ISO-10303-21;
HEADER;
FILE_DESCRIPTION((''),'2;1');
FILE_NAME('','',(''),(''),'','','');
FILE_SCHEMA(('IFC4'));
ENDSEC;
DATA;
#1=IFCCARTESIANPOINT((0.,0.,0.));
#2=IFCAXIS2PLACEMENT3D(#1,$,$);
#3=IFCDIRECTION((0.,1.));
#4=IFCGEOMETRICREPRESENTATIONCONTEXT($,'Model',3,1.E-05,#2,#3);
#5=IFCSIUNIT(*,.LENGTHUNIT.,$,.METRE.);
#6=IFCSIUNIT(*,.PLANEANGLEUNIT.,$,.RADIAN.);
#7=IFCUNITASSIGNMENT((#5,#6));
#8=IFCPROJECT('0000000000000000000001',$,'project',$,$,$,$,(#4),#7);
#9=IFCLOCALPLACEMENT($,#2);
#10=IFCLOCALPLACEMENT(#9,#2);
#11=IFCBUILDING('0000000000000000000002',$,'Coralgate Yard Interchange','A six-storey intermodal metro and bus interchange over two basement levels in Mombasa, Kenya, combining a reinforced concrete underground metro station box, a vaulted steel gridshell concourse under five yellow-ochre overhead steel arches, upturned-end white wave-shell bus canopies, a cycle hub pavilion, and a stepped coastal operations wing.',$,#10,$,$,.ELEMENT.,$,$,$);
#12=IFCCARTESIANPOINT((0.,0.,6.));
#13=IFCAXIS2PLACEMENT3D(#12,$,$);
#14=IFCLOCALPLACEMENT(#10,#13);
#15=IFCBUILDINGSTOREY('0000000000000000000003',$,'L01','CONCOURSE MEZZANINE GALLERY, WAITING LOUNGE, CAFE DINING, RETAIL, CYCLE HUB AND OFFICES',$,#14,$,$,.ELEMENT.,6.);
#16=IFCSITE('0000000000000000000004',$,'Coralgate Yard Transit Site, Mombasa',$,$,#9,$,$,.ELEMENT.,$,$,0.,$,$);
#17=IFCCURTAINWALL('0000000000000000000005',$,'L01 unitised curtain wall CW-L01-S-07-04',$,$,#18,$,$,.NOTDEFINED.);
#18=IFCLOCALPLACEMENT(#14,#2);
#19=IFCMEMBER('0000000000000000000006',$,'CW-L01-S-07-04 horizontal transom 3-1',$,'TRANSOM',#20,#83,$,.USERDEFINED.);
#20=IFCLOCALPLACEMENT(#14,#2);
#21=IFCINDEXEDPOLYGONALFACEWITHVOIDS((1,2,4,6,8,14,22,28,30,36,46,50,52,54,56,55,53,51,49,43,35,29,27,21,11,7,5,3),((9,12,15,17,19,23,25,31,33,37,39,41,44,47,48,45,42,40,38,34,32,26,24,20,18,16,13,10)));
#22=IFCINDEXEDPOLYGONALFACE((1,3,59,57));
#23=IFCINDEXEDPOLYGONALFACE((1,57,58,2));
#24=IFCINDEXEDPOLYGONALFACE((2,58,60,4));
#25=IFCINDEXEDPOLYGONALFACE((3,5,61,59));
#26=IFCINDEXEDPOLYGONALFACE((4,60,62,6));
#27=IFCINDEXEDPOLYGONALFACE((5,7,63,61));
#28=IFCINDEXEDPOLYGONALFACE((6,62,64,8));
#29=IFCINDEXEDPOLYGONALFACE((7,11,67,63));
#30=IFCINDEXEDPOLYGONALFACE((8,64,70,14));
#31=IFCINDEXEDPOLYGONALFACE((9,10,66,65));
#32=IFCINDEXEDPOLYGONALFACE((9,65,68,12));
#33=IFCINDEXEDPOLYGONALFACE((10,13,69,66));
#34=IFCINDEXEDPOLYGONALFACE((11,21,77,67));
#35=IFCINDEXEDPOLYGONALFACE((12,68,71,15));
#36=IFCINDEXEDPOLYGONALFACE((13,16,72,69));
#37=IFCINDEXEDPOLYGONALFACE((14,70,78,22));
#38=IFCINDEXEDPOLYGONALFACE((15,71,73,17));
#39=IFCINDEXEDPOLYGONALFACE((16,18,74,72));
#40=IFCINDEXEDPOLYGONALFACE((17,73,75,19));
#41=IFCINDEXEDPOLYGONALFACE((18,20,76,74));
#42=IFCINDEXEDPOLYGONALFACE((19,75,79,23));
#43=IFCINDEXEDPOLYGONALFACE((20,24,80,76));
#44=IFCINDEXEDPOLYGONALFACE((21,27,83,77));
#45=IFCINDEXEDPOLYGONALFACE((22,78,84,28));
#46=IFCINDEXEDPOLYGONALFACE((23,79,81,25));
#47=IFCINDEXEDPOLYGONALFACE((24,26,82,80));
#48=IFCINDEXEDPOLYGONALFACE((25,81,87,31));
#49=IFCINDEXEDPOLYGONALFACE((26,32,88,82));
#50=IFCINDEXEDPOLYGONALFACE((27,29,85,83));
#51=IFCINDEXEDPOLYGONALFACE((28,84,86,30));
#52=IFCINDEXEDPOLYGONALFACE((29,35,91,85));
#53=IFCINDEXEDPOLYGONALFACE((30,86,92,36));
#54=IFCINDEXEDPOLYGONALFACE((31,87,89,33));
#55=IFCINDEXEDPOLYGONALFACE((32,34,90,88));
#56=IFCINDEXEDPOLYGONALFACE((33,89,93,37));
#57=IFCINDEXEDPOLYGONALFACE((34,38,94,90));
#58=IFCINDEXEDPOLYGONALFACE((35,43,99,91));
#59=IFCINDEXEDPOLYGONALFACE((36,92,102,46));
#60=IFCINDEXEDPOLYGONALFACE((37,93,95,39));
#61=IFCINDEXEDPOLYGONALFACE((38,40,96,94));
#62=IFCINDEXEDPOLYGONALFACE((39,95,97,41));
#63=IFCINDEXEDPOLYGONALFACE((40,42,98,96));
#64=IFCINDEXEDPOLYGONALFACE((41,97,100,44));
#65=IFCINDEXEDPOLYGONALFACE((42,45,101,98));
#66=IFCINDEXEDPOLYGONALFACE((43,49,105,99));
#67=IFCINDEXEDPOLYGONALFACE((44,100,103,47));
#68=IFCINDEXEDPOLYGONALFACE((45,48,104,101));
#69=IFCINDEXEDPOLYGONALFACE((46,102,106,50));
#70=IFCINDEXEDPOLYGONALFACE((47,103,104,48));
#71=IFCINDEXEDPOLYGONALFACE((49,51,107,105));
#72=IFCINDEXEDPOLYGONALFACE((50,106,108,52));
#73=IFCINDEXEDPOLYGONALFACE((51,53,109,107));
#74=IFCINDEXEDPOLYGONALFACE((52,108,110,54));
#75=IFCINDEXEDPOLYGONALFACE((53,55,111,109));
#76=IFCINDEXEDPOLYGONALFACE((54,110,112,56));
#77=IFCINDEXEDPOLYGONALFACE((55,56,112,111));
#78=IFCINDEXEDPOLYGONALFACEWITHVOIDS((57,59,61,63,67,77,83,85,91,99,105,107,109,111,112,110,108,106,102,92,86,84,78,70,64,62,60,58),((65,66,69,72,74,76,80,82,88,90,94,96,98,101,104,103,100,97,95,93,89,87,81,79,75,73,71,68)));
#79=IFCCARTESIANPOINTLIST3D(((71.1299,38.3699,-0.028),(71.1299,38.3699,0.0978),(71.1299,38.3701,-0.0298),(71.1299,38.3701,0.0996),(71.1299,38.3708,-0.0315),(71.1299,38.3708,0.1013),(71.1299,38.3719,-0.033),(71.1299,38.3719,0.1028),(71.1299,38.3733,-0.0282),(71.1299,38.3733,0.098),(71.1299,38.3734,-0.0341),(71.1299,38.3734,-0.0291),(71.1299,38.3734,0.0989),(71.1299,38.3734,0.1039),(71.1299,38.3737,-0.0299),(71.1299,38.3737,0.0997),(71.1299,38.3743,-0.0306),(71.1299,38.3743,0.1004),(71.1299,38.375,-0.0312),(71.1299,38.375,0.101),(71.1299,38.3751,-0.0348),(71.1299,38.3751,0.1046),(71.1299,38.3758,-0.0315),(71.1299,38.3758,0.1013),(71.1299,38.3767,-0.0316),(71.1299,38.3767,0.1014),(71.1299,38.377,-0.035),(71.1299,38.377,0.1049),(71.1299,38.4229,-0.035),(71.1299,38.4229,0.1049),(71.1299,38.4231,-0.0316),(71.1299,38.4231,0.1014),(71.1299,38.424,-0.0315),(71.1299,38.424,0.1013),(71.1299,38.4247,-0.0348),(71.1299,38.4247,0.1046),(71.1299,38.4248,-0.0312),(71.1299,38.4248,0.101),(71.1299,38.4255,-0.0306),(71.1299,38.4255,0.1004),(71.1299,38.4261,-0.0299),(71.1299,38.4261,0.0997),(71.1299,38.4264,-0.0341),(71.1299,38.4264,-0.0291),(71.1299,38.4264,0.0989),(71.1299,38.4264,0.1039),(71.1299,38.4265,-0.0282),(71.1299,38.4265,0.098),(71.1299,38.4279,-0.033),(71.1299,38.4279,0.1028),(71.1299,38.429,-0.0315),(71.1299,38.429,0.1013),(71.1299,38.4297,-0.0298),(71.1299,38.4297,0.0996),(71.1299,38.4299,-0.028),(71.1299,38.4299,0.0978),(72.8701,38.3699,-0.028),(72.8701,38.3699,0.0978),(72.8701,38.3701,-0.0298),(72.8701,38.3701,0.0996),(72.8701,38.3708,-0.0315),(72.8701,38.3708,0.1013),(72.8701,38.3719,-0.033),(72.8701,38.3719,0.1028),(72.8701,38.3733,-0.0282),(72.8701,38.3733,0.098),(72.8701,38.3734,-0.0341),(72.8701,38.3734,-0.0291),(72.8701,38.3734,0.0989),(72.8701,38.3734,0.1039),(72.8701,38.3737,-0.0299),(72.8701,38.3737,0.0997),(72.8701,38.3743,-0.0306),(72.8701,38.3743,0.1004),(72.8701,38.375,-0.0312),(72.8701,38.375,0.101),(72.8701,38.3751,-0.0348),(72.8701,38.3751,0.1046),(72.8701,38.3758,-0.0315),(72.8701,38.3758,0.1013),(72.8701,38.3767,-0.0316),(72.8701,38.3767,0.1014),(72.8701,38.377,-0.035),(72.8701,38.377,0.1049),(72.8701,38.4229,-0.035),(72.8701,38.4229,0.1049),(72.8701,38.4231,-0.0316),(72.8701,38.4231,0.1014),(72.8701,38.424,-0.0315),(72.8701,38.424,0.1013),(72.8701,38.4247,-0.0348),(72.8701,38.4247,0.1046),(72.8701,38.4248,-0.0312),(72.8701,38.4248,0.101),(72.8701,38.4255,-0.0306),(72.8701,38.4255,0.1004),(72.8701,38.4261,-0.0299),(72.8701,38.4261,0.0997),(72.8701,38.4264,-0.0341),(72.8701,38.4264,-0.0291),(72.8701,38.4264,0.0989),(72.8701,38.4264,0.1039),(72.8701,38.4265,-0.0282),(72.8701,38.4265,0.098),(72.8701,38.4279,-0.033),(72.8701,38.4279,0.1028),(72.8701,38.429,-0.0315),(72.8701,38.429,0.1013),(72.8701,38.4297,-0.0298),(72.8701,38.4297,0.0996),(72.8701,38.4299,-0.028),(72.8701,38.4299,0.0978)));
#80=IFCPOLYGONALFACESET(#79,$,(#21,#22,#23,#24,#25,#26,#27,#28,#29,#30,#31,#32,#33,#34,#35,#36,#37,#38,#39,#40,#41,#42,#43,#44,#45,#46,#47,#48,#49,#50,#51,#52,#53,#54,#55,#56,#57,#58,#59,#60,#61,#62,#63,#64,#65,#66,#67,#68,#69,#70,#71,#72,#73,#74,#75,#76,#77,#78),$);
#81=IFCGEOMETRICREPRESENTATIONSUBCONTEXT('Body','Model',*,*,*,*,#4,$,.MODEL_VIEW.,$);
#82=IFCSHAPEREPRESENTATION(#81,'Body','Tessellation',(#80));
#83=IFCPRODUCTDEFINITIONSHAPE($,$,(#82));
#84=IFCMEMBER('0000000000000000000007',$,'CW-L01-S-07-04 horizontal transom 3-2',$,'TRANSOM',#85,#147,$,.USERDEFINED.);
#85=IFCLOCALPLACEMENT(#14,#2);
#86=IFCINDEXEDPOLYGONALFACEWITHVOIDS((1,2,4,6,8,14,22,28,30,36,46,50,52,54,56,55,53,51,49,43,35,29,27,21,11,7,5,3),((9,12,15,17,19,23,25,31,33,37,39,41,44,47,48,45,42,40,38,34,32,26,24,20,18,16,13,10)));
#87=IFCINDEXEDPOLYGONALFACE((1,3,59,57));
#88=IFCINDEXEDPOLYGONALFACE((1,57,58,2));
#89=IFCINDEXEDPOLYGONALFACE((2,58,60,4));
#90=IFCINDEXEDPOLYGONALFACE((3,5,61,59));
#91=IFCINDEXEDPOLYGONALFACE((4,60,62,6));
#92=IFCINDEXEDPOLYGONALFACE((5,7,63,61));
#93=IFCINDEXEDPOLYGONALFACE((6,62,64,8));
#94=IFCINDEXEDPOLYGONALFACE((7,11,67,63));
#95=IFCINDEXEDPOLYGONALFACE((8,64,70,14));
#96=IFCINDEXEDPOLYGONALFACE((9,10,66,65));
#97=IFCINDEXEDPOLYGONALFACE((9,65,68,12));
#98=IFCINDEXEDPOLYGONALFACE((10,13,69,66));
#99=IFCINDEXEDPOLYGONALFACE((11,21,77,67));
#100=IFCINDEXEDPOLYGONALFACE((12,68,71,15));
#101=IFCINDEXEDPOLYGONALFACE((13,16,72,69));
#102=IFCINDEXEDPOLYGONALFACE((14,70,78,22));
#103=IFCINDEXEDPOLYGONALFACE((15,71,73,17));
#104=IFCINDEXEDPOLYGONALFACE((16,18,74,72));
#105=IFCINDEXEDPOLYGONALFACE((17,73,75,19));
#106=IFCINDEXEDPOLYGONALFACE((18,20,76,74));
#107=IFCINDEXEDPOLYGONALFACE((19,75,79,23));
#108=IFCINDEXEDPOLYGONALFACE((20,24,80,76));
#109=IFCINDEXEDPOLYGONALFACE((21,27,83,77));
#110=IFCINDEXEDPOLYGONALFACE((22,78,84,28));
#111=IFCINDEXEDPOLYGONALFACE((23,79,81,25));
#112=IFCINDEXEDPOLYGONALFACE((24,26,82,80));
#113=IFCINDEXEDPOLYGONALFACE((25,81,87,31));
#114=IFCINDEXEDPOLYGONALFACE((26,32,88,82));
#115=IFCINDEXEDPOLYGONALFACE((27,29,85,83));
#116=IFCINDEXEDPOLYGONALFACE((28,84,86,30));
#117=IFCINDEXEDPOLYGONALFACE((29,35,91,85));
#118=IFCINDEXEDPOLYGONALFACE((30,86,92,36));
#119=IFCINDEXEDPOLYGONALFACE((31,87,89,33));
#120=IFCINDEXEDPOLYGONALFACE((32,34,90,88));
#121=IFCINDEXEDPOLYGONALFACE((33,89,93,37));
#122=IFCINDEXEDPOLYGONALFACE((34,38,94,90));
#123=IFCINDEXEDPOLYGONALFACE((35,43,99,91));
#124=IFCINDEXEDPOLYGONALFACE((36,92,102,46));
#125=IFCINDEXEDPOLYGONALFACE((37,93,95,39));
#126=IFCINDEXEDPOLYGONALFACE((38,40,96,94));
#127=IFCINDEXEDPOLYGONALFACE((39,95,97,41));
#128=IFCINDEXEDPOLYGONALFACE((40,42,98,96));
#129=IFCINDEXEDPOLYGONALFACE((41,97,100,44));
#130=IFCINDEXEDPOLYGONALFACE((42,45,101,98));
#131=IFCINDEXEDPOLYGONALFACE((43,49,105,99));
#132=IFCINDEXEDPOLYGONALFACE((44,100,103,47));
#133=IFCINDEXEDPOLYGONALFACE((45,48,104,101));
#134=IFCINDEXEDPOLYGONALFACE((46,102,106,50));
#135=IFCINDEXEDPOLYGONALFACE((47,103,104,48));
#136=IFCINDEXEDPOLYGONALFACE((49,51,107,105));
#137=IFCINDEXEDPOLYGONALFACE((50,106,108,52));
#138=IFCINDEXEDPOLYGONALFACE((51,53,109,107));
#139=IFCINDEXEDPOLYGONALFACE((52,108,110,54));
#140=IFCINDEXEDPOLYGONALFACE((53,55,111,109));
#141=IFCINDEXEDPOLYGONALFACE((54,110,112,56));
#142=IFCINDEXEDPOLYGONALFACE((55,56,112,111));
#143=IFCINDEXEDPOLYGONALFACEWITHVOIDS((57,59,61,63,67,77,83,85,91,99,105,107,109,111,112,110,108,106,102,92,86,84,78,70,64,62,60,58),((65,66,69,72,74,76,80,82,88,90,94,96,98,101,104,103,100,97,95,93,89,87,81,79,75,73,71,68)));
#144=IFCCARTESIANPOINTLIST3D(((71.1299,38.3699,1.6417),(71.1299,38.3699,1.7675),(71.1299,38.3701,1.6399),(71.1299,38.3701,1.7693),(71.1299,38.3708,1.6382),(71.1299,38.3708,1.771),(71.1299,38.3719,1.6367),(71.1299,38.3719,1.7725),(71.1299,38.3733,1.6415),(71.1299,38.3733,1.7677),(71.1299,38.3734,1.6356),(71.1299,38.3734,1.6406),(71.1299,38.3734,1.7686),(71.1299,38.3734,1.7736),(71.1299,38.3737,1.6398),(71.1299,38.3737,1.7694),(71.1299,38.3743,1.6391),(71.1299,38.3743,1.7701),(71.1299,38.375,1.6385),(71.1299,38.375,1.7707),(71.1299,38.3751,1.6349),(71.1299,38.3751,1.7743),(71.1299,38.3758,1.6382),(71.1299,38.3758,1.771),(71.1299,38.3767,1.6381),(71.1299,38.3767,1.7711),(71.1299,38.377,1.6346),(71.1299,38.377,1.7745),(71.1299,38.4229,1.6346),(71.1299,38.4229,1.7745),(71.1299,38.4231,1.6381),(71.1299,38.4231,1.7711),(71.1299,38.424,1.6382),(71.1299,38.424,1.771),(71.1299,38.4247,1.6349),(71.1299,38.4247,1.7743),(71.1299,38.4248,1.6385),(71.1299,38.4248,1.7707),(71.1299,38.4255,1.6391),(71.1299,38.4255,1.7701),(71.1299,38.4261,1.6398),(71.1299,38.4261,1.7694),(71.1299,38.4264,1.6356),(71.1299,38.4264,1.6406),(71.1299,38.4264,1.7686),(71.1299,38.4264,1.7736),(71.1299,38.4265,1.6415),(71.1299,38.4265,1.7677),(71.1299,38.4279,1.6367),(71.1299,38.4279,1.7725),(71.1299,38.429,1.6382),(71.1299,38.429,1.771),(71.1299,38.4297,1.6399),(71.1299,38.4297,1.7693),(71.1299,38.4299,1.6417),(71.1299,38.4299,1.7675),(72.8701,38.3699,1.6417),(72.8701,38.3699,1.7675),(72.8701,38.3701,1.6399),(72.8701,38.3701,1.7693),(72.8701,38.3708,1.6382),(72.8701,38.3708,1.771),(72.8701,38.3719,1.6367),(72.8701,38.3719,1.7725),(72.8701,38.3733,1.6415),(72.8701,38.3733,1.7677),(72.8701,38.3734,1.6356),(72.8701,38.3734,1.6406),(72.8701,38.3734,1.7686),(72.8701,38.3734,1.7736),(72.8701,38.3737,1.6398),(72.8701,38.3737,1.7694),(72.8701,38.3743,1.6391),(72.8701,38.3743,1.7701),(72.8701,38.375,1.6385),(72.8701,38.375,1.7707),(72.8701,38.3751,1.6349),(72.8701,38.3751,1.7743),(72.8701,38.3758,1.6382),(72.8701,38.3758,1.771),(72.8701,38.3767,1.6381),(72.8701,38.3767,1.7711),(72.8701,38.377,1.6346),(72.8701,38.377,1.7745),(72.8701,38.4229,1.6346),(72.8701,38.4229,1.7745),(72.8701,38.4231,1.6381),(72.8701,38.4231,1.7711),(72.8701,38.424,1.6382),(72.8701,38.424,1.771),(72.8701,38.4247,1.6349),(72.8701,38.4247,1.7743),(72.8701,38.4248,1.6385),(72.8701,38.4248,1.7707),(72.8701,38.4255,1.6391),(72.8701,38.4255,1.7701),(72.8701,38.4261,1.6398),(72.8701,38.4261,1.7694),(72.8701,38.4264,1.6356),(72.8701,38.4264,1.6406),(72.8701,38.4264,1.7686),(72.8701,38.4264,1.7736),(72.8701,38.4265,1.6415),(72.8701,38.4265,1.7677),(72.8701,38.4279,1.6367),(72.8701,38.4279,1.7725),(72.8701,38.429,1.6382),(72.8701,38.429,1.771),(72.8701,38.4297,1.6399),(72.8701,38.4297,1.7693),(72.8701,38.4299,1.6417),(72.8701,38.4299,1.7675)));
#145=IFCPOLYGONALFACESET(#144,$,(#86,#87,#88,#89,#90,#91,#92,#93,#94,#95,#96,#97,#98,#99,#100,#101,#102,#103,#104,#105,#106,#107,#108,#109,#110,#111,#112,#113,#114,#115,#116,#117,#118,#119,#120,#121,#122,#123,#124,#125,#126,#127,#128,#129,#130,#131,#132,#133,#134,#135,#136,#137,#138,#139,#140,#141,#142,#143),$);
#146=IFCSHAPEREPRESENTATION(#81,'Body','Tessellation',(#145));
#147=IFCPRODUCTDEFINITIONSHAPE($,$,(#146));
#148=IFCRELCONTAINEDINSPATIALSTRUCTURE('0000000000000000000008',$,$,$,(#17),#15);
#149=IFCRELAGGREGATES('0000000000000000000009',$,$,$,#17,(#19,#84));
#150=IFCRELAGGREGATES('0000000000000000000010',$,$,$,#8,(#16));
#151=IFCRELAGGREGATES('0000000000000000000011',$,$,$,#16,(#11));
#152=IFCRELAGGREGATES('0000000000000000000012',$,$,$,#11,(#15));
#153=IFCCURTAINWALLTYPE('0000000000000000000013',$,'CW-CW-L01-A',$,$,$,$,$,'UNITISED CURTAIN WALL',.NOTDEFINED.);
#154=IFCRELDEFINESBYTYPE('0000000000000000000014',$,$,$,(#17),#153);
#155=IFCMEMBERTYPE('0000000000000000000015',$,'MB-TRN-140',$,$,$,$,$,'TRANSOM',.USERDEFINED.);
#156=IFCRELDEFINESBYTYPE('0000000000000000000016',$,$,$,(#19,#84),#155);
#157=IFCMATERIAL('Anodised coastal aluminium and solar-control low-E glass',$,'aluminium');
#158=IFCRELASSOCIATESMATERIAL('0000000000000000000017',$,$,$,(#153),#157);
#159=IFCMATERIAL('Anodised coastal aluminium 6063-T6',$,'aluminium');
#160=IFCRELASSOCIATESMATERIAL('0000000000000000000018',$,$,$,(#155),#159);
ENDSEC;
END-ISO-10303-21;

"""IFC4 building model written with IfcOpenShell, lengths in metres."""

from ifc_helpers import new_model, si_unit, direction, frame, origin, origin_2d, place, context, subcontext, project, spatial, hollow_rectangle, extrude, material, material_profile, profile_set, type_object, element, aggregate, save


model = new_model("IFC4")

# Units and contexts
model_context = context("Model", 3, precision=1e-05, world=origin(), true_north=direction((0.0, 1.0)))
body_context = subcontext(model_context, "Body", "Model", "MODEL_VIEW")
ifc_project = project(units=[si_unit("LENGTHUNIT", "METRE"), si_unit("PLANEANGLEUNIT", "RADIAN")], contexts=[model_context])

# Site, building, storey
site_placement = place(None, origin())
site = spatial("IfcSite", under=ifc_project, at=site_placement, Name="Coralgate Yard Transit Site, Mombasa", CompositionType="ELEMENT", RefElevation=0.0)
building_placement = place(site_placement, origin())
building = spatial("IfcBuilding", under=site, at=building_placement, Name="Coralgate Yard Interchange", Description="A six-storey intermodal metro and bus interchange over two basement levels in Mombasa, Kenya, combining a reinforced concrete underground metro station box, a vaulted steel gridshell concourse under five yellow-ochre overhead steel arches, upturned-end white wave-shell bus canopies, a cycle hub pavilion, and a stepped coastal operations wing.", CompositionType="ELEMENT")
storey_placement = place(building_placement, frame((0.0, 0.0, 6.0)))
storey = spatial("IfcBuildingStorey", under=building, at=storey_placement, Name="L01", Description="CONCOURSE MEZZANINE GALLERY, WAITING LOUNGE, CAFE DINING, RETAIL, CYCLE HUB AND OFFICES", CompositionType="ELEMENT", Elevation=6.0)

# Shared definitions
ifc_material_1 = material(Name="Anodised coastal aluminium and solar-control low-E glass", Category="aluminium")
curtain_wall_type = type_object("IfcCurtainWallType", Name="CW-CW-L01-A", ElementType="UNITISED CURTAIN WALL", PredefinedType="NOTDEFINED", material=ifc_material_1)
ifc_material_2 = material(Name="Anodised coastal aluminium 6063-T6", Category="aluminium")

# Curtain wall
curtain_wall_1_placement = place(storey_placement, origin())
curtain_wall_1 = element("IfcCurtainWall", 1, at=curtain_wall_1_placement, inside=storey, type_object=curtain_wall_type, Name="L01 unitised curtain wall CW-L01-S-07-04", PredefinedType="NOTDEFINED")

# Members
ifc_material_profile_1 = material_profile(ifc_material_2, hollow_rectangle(XDim=0.0601, YDim=0.1399, WallThickness=0.0034, InnerFilletRadius=0.0034, OuterFilletRadius=0.0071, at=origin_2d()), Name="ALU 60x140x3.5")
ifc_profile_set_1 = profile_set([ifc_material_profile_1], Name="Anodised coastal aluminium 6063-T6")
member_type_1 = type_object("IfcMemberType", Name="MB-TRN-140", ElementType="TRANSOM", PredefinedType="USERDEFINED", material=ifc_profile_set_1)
member_1_placement = place(storey_placement, frame((72.8701, 38.3999, 0.0349), z_axis=(-1.0, 0.0, 0.0), x_axis=(0.0, -1.0, 0.0)))
member_1 = element("IfcMember", 2, at=member_1_placement, type_object=member_type_1, Name="CW-L01-S-07-04 horizontal transom 3-1", ObjectType="TRANSOM", PredefinedType="USERDEFINED", context=body_context, shape_type="SweptSolid", body=[
    extrude(hollow_rectangle(XDim=0.0601, YDim=0.1399, WallThickness=0.0034, InnerFilletRadius=0.0034, OuterFilletRadius=0.0071, at=origin_2d()), origin(), (0.0, 0.0, 1.0), 1.7402),
])
member_2_placement = place(storey_placement, frame((72.8701, 38.3999, 1.7046), z_axis=(-1.0, 0.0, 0.0), x_axis=(0.0, -1.0, 0.0)))
member_2 = element("IfcMember", 3, at=member_2_placement, type_object=member_type_1, Name="CW-L01-S-07-04 horizontal transom 3-2", ObjectType="TRANSOM", PredefinedType="USERDEFINED", context=body_context, shape_type="SweptSolid", body=[
    extrude(hollow_rectangle(XDim=0.0601, YDim=0.1399, WallThickness=0.0034, InnerFilletRadius=0.0034, OuterFilletRadius=0.0071, at=origin_2d()), origin(), (0.0, 0.0, 1.0), 1.7402),
])

aggregate(curtain_wall_1, [member_1, member_2])

save(model, "model.ifc")
